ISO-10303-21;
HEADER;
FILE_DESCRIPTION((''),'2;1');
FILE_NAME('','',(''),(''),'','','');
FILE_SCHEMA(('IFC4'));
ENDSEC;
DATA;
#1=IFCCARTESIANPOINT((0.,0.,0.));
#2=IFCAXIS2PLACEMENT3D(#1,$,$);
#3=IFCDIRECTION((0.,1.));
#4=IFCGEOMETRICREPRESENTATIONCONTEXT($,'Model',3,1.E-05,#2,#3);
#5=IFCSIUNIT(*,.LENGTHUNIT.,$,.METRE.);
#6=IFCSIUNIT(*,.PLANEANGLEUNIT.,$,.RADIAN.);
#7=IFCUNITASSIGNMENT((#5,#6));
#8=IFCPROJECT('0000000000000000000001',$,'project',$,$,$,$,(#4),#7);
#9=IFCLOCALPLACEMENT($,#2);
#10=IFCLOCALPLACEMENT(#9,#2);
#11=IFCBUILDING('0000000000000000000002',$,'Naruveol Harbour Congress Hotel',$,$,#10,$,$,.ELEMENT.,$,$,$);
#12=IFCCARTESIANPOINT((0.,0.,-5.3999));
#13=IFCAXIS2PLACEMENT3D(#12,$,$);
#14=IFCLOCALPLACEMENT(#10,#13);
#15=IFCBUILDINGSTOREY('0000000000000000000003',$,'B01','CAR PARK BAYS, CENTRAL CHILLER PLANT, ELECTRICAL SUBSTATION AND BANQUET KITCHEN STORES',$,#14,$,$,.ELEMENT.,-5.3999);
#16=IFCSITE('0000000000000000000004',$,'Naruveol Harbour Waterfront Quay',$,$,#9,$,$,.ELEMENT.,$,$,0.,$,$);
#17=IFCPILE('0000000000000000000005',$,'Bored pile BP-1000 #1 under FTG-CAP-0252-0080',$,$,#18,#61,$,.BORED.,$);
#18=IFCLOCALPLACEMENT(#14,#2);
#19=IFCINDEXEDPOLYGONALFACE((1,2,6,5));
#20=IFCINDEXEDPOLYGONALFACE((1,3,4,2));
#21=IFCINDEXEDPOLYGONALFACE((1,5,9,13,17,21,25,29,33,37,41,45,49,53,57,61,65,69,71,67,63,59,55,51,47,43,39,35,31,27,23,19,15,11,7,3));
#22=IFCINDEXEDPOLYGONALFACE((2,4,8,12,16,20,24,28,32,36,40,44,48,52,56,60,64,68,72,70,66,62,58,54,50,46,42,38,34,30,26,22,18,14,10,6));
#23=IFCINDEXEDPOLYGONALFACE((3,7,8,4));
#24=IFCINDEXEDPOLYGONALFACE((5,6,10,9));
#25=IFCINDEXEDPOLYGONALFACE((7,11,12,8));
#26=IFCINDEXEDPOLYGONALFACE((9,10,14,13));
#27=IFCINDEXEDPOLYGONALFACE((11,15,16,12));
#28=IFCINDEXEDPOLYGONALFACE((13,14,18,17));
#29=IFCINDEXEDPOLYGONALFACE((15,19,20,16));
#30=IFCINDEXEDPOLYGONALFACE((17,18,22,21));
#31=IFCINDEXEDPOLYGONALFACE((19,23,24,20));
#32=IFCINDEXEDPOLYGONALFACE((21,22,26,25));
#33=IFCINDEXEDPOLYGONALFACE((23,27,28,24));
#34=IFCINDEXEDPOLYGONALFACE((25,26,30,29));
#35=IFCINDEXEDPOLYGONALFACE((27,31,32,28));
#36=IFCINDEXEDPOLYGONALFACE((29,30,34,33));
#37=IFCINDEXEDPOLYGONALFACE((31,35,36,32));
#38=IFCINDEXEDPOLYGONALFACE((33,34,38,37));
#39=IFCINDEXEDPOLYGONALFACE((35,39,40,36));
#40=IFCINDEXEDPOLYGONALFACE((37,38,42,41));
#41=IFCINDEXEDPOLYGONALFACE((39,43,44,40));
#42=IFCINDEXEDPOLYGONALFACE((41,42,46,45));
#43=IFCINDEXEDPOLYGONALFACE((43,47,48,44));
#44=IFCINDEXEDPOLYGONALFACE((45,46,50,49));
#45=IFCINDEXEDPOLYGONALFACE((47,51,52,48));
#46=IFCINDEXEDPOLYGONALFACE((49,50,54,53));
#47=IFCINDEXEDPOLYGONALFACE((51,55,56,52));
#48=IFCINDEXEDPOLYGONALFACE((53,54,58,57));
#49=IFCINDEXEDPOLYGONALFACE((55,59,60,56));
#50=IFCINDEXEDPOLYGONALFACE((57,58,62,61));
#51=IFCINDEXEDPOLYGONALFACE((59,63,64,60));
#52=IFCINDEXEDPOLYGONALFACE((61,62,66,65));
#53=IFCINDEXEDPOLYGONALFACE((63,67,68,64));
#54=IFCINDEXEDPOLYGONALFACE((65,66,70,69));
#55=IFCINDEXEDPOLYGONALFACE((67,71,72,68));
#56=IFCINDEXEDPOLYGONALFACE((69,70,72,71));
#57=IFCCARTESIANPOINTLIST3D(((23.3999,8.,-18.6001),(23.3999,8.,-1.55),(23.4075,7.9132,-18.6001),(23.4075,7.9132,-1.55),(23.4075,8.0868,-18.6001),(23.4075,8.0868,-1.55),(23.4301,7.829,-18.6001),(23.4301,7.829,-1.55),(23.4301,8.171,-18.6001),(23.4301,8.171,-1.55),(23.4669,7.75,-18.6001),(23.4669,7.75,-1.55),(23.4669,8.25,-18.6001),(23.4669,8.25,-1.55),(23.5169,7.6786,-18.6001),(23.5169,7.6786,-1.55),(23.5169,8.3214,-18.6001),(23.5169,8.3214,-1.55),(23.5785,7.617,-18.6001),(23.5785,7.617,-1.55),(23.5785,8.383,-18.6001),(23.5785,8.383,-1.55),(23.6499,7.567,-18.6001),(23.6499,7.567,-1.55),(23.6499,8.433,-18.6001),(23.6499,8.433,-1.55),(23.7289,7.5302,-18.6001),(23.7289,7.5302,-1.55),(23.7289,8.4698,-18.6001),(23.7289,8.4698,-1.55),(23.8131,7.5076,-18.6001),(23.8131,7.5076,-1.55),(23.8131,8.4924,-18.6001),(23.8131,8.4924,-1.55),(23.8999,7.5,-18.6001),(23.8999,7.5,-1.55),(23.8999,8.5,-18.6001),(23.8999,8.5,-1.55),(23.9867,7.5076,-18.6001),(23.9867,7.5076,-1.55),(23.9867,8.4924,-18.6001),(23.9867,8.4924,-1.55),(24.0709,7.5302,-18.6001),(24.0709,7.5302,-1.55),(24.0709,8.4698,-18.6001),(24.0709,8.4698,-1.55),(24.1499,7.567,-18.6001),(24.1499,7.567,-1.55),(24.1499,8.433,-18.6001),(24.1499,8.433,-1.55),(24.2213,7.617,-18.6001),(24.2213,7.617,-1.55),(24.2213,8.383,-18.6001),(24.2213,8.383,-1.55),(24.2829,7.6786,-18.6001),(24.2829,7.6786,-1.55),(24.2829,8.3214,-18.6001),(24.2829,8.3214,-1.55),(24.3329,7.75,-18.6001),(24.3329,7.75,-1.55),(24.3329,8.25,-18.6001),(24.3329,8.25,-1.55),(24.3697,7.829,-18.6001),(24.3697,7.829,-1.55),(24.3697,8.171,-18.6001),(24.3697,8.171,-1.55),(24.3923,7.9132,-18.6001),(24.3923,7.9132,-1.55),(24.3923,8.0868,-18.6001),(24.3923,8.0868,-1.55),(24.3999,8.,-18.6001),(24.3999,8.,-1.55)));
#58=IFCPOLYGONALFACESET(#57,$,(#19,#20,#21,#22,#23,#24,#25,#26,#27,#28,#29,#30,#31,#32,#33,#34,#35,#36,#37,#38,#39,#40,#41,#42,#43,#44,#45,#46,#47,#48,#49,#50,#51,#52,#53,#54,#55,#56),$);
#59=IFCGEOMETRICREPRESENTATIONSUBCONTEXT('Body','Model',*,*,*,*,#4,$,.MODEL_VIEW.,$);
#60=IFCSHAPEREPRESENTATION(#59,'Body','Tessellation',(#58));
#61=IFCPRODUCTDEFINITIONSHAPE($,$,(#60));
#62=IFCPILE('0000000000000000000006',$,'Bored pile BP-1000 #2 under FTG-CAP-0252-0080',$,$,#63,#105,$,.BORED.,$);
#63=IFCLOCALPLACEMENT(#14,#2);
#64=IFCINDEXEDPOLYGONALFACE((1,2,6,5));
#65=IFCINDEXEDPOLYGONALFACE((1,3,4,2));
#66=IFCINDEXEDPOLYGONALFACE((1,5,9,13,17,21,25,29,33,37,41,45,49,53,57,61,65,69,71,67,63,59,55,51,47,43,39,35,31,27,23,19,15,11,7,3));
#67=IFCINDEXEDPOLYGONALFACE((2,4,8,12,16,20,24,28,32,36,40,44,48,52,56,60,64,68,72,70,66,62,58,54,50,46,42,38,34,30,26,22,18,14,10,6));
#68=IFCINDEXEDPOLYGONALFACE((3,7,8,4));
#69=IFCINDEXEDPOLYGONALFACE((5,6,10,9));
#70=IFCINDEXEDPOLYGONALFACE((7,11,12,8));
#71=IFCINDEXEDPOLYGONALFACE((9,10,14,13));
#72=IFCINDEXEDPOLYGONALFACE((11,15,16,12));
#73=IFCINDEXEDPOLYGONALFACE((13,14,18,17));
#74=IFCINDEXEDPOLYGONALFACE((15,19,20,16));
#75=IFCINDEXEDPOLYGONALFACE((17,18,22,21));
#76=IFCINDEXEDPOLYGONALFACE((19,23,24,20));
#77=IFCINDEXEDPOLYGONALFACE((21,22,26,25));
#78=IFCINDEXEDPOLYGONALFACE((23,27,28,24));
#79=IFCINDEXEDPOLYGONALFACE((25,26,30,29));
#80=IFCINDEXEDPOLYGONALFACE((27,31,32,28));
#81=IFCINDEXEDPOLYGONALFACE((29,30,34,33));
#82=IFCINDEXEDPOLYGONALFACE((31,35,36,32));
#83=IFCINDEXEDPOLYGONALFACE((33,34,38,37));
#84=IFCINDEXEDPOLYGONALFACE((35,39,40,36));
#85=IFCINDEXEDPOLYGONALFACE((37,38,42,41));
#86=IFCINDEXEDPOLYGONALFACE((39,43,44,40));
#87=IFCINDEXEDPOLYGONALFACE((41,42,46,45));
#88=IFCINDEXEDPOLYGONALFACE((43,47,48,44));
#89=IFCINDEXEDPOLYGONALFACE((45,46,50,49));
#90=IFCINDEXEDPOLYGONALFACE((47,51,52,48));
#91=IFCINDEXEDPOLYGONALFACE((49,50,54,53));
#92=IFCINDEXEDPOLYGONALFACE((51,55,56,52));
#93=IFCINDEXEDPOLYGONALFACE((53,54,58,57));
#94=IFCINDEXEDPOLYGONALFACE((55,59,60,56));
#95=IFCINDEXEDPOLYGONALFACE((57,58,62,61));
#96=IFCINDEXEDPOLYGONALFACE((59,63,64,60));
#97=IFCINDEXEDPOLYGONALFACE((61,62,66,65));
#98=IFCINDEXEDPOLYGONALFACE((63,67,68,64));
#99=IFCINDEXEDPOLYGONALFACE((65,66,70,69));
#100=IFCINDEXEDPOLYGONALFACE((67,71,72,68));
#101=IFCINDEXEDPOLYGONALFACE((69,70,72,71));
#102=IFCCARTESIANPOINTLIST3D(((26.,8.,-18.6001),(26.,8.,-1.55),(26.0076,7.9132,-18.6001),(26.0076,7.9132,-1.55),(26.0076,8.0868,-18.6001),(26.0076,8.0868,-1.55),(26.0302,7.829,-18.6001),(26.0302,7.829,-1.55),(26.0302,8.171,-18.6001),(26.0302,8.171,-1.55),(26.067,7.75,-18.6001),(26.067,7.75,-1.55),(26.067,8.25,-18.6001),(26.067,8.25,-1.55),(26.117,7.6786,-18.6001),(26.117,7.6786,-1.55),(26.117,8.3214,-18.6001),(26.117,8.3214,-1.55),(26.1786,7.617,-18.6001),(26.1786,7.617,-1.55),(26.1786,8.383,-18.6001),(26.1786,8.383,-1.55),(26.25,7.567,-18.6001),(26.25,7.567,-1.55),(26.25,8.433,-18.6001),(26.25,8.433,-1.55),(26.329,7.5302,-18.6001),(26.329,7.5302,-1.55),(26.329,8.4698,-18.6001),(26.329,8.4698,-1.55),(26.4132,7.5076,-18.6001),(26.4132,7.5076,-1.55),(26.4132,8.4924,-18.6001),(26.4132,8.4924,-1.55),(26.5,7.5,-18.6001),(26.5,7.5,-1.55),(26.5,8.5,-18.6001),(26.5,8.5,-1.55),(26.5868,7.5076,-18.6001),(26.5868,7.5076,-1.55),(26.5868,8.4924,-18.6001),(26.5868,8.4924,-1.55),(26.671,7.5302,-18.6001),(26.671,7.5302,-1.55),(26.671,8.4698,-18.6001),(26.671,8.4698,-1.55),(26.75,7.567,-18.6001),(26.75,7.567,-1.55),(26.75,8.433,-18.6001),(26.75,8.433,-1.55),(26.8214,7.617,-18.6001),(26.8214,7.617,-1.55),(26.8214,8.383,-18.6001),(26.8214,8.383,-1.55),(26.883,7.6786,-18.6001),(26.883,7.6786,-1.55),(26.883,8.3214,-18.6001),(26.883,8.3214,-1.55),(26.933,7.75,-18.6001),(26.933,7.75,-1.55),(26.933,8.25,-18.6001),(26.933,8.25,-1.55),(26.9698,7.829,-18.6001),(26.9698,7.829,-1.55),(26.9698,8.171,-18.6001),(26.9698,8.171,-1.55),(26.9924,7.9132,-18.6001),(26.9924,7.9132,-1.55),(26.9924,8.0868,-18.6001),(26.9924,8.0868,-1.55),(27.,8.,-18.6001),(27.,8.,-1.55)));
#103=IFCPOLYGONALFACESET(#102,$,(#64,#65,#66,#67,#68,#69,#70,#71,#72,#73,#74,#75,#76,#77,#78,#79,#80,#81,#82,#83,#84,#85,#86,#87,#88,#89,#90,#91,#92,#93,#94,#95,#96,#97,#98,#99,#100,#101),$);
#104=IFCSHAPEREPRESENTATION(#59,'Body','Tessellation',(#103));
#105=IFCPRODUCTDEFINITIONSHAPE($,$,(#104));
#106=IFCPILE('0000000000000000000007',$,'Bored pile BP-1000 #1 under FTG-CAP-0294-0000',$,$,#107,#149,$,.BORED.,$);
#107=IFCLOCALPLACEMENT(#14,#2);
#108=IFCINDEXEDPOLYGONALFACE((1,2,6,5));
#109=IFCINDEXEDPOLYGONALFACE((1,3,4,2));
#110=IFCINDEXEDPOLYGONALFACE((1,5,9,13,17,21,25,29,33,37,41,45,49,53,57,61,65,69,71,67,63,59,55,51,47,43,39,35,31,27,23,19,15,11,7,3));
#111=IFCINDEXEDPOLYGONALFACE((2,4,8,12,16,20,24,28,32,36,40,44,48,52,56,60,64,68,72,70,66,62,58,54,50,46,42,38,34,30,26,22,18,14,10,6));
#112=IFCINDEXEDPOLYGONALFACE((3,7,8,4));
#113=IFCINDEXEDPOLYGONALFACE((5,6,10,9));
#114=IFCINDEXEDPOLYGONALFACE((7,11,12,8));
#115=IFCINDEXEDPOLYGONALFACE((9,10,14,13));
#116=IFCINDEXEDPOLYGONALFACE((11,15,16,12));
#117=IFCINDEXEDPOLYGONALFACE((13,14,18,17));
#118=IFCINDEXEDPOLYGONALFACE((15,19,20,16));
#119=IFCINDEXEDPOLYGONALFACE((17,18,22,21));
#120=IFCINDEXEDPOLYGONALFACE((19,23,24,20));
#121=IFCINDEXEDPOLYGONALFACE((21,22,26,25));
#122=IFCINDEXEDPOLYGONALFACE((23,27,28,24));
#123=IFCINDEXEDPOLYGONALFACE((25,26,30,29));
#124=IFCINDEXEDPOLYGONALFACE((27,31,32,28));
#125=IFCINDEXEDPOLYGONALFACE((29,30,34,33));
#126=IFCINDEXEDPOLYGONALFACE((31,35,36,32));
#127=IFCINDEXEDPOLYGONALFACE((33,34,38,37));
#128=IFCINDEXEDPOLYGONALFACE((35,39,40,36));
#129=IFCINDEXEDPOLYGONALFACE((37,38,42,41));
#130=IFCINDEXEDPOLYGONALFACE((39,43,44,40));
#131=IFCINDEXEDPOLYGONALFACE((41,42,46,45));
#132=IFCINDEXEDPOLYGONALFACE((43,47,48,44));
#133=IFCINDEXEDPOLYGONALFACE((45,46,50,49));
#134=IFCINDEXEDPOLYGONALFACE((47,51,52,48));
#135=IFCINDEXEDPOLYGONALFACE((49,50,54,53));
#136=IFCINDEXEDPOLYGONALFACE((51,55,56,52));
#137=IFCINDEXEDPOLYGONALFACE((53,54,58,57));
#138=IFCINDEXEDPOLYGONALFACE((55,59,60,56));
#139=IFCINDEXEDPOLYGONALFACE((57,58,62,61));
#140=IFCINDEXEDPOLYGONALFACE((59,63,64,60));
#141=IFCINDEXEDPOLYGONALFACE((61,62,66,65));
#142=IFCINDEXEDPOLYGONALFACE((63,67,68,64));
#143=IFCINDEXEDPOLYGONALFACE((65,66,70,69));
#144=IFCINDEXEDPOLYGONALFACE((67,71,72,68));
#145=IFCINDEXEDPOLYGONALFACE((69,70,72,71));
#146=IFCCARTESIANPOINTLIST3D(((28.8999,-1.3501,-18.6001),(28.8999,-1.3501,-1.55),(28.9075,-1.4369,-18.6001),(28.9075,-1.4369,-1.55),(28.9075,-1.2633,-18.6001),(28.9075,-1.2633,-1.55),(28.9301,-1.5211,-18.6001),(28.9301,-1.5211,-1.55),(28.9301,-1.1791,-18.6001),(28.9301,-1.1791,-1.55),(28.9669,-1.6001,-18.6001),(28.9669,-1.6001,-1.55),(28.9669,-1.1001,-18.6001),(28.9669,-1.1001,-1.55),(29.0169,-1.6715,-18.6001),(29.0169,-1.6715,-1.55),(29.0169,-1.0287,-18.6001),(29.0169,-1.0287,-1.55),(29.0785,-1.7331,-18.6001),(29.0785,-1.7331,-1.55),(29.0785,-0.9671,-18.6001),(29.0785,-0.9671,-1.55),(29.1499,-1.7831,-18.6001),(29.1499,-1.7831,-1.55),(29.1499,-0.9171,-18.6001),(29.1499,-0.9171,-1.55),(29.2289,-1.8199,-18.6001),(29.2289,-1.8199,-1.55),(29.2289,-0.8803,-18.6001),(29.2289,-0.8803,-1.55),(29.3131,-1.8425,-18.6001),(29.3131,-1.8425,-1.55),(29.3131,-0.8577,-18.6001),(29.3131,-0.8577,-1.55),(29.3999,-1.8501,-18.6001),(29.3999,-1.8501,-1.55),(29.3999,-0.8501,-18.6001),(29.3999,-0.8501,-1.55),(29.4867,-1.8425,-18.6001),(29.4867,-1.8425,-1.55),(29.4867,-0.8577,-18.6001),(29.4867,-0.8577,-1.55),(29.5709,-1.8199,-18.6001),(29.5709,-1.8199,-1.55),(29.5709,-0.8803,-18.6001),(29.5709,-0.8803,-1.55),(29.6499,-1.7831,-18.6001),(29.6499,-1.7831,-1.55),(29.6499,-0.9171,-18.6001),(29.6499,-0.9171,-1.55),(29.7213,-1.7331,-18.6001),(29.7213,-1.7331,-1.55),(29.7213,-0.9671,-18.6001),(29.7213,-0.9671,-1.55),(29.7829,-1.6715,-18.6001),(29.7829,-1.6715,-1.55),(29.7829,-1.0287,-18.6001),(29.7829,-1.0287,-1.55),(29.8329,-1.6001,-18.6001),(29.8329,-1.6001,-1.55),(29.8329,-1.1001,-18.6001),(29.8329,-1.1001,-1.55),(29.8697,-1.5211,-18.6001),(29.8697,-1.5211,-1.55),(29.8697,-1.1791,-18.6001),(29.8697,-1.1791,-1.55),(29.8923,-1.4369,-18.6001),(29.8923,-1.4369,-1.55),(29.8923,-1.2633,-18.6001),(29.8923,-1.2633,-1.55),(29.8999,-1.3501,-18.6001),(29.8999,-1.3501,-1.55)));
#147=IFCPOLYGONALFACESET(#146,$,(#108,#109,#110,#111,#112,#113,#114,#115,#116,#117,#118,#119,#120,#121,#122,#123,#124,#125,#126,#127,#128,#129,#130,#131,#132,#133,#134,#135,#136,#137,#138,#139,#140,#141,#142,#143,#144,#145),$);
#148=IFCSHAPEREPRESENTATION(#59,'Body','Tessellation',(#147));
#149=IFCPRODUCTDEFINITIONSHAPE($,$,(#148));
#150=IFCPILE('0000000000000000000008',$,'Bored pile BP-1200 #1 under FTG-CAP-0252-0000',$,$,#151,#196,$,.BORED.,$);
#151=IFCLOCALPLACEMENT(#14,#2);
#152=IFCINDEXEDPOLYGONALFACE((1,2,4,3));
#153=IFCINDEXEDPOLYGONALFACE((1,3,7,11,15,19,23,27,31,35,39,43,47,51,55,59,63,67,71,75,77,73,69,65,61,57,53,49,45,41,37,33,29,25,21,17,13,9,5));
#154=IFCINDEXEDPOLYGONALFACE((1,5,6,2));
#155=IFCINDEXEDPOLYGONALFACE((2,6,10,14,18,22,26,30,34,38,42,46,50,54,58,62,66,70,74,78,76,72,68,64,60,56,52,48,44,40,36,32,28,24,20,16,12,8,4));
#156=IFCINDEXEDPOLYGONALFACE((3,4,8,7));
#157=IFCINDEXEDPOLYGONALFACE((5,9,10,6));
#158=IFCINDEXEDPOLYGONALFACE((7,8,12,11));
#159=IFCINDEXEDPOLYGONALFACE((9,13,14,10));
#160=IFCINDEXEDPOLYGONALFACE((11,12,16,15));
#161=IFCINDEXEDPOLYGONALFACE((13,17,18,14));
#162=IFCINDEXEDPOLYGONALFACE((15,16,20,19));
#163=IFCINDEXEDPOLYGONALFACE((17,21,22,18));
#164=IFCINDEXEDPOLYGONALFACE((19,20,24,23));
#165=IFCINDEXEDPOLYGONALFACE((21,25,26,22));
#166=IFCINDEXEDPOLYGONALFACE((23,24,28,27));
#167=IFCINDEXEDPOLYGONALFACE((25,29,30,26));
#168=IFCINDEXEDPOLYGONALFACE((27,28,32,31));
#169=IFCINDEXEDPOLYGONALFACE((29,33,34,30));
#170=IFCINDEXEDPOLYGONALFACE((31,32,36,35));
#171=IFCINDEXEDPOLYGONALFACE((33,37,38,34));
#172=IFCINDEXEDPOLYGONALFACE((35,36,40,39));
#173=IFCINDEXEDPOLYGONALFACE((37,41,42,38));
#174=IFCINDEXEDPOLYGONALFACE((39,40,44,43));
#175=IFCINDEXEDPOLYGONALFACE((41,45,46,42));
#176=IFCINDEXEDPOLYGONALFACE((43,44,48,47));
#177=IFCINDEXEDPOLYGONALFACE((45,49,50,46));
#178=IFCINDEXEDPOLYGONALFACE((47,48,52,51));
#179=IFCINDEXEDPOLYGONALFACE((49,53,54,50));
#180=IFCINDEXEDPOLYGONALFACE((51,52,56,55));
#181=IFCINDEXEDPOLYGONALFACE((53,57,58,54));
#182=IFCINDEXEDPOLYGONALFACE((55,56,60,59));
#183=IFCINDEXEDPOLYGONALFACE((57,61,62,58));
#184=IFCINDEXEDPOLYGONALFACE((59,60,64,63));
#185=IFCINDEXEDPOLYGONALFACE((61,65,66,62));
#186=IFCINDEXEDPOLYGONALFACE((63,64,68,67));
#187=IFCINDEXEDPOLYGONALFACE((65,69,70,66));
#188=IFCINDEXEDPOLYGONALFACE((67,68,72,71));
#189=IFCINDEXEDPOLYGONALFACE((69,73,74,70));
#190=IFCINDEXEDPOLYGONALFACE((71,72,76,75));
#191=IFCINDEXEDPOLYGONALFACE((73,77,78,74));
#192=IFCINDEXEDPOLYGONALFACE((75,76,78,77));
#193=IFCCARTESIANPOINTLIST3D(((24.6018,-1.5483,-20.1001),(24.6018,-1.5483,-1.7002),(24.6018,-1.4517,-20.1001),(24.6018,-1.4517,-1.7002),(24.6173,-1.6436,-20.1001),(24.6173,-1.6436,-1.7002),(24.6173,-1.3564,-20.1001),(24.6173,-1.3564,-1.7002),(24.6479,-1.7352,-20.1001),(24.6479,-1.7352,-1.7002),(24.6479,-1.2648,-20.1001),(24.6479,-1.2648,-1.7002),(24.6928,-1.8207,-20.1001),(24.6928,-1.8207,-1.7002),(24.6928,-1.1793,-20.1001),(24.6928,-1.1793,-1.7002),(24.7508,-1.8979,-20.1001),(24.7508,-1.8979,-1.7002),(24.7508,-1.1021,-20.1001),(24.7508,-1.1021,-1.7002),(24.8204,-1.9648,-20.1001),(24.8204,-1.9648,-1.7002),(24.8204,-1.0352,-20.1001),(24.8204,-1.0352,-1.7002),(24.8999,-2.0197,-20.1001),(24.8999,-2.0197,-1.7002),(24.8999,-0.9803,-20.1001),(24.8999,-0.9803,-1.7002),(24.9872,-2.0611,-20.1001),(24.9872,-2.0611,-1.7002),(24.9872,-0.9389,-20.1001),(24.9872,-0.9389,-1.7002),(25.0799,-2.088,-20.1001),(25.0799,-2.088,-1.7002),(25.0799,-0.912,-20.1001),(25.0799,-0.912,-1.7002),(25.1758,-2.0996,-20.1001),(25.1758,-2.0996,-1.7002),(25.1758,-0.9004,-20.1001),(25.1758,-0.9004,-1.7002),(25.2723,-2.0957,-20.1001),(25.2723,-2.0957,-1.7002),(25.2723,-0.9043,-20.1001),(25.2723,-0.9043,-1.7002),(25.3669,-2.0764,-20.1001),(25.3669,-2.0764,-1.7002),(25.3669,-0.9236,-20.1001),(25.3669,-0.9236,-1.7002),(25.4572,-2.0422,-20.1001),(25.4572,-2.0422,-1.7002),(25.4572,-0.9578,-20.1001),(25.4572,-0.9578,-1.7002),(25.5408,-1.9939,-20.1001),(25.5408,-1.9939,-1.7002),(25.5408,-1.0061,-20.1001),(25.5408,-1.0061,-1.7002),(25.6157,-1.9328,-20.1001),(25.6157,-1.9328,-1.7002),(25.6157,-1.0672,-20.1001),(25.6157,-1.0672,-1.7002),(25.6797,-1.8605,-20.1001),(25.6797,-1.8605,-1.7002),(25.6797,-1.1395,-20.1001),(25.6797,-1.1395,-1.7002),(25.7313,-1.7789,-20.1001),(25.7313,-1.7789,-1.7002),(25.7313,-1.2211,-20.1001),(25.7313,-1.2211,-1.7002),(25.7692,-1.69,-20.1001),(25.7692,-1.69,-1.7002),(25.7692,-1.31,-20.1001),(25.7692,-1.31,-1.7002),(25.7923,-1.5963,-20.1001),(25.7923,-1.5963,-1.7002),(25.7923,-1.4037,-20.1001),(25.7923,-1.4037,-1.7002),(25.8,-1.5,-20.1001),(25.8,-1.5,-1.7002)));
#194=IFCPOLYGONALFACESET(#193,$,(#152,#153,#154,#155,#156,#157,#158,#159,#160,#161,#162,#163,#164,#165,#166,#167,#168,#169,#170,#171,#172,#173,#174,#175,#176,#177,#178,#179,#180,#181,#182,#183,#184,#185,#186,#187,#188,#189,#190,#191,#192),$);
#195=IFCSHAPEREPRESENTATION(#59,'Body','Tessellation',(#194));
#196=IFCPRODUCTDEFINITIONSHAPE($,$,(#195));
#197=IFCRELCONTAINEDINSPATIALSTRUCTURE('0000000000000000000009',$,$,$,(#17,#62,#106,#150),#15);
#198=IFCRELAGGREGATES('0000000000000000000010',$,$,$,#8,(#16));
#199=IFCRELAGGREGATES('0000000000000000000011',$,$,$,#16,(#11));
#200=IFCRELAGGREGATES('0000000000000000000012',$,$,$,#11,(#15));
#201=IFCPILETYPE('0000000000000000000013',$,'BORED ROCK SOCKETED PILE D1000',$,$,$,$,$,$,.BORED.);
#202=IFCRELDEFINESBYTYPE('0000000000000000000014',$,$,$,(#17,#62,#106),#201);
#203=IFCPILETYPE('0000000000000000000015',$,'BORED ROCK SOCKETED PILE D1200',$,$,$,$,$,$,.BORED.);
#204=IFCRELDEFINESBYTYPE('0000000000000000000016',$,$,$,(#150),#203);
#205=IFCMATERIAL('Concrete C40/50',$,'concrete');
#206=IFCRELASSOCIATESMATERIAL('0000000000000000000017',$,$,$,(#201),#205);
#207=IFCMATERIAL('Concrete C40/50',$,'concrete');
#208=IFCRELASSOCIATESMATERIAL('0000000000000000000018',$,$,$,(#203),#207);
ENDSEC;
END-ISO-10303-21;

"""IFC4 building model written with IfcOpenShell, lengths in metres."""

from ifc_helpers import new_model, si_unit, direction, frame, origin, origin_2d, place, context, subcontext, project, spatial, circle, extrude, material, material_profile, profile_set, type_object, element, save


model = new_model("IFC4")

# Units and contexts
model_context = context("Model", 3, precision=1e-05, world=origin(), true_north=direction((0.0, 1.0)))
body_context = subcontext(model_context, "Body", "Model", "MODEL_VIEW")
ifc_project = project(units=[si_unit("LENGTHUNIT", "METRE"), si_unit("PLANEANGLEUNIT", "RADIAN")], contexts=[model_context])

# Site, building, storey
site_placement = place(None, origin())
site = spatial("IfcSite", under=ifc_project, at=site_placement, Name="Naruveol Harbour Waterfront Quay", CompositionType="ELEMENT", RefElevation=0.0)
building_placement = place(site_placement, origin())
building = spatial("IfcBuilding", under=site, at=building_placement, Name="Naruveol Harbour Congress Hotel", CompositionType="ELEMENT")
storey_placement = place(building_placement, frame((0.0, 0.0, -5.3999)))
storey = spatial("IfcBuildingStorey", under=building, at=storey_placement, Name="B01", Description="CAR PARK BAYS, CENTRAL CHILLER PLANT, ELECTRICAL SUBSTATION AND BANQUET KITCHEN STORES", CompositionType="ELEMENT", Elevation=-5.3999)

# Piles
ifc_material_1 = material(Name="Concrete C40/50", Category="concrete")
ifc_material_profile_1 = material_profile(ifc_material_1, circle(Radius=0.5, at=origin_2d()), Name="BP-1000")
ifc_profile_set_1 = profile_set([ifc_material_profile_1], Name="Concrete C40/50")
pile_type_1 = type_object("IfcPileType", Name="BORED ROCK SOCKETED PILE D1000", PredefinedType="BORED", material=ifc_profile_set_1)
for number, where, z_axis, x_axis, name in (
    (1, (23.8999, 8.0, -1.55), (0.0, 0.0, -1.0), (1.0, 0.0, 0.0), "Bored pile BP-1000 #1 under FTG-CAP-0252-0080"),
    (2, (26.5, 8.0, -1.55), (0.0, 0.0, -1.0), (1.0, 0.0, 0.0), "Bored pile BP-1000 #2 under FTG-CAP-0252-0080"),
    (3, (29.3999, -1.3501, -1.55), (0.0, 0.0, -1.0), (1.0, 0.0, 0.0), "Bored pile BP-1000 #1 under FTG-CAP-0294-0000"),
):
    element("IfcPile", number, at=place(storey_placement, frame(where, z_axis=z_axis, x_axis=x_axis)), inside=storey, type_object=pile_type_1, Name=name, PredefinedType="BORED", context=body_context, shape_type="SweptSolid", body=[
        extrude(circle(Radius=0.5, at=origin_2d()), origin(), (0.0, 0.0, 1.0), 17.05),
    ])
ifc_material_2 = material(Name="Concrete C40/50", Category="concrete")
ifc_material_profile_2 = material_profile(ifc_material_2, circle(Radius=0.6001, at=origin_2d()), Name="BP-1200")
ifc_profile_set_2 = profile_set([ifc_material_profile_2], Name="Concrete C40/50")
pile_type_2 = type_object("IfcPileType", Name="BORED ROCK SOCKETED PILE D1200", PredefinedType="BORED", material=ifc_profile_set_2)
for number, where, z_axis, x_axis, name in (
    (4, (25.2, -1.5, -1.7002), (0.0, 0.0, -1.0), (1.0, 0.0, 0.0), "Bored pile BP-1200 #1 under FTG-CAP-0252-0000"),
):
    element("IfcPile", number, at=place(storey_placement, frame(where, z_axis=z_axis, x_axis=x_axis)), inside=storey, type_object=pile_type_2, Name=name, PredefinedType="BORED", context=body_context, shape_type="SweptSolid", body=[
        extrude(circle(Radius=0.6001, at=origin_2d()), origin(), (0.0, 0.0, 1.0), 18.3999),
    ])

save(model, "model.ifc")
